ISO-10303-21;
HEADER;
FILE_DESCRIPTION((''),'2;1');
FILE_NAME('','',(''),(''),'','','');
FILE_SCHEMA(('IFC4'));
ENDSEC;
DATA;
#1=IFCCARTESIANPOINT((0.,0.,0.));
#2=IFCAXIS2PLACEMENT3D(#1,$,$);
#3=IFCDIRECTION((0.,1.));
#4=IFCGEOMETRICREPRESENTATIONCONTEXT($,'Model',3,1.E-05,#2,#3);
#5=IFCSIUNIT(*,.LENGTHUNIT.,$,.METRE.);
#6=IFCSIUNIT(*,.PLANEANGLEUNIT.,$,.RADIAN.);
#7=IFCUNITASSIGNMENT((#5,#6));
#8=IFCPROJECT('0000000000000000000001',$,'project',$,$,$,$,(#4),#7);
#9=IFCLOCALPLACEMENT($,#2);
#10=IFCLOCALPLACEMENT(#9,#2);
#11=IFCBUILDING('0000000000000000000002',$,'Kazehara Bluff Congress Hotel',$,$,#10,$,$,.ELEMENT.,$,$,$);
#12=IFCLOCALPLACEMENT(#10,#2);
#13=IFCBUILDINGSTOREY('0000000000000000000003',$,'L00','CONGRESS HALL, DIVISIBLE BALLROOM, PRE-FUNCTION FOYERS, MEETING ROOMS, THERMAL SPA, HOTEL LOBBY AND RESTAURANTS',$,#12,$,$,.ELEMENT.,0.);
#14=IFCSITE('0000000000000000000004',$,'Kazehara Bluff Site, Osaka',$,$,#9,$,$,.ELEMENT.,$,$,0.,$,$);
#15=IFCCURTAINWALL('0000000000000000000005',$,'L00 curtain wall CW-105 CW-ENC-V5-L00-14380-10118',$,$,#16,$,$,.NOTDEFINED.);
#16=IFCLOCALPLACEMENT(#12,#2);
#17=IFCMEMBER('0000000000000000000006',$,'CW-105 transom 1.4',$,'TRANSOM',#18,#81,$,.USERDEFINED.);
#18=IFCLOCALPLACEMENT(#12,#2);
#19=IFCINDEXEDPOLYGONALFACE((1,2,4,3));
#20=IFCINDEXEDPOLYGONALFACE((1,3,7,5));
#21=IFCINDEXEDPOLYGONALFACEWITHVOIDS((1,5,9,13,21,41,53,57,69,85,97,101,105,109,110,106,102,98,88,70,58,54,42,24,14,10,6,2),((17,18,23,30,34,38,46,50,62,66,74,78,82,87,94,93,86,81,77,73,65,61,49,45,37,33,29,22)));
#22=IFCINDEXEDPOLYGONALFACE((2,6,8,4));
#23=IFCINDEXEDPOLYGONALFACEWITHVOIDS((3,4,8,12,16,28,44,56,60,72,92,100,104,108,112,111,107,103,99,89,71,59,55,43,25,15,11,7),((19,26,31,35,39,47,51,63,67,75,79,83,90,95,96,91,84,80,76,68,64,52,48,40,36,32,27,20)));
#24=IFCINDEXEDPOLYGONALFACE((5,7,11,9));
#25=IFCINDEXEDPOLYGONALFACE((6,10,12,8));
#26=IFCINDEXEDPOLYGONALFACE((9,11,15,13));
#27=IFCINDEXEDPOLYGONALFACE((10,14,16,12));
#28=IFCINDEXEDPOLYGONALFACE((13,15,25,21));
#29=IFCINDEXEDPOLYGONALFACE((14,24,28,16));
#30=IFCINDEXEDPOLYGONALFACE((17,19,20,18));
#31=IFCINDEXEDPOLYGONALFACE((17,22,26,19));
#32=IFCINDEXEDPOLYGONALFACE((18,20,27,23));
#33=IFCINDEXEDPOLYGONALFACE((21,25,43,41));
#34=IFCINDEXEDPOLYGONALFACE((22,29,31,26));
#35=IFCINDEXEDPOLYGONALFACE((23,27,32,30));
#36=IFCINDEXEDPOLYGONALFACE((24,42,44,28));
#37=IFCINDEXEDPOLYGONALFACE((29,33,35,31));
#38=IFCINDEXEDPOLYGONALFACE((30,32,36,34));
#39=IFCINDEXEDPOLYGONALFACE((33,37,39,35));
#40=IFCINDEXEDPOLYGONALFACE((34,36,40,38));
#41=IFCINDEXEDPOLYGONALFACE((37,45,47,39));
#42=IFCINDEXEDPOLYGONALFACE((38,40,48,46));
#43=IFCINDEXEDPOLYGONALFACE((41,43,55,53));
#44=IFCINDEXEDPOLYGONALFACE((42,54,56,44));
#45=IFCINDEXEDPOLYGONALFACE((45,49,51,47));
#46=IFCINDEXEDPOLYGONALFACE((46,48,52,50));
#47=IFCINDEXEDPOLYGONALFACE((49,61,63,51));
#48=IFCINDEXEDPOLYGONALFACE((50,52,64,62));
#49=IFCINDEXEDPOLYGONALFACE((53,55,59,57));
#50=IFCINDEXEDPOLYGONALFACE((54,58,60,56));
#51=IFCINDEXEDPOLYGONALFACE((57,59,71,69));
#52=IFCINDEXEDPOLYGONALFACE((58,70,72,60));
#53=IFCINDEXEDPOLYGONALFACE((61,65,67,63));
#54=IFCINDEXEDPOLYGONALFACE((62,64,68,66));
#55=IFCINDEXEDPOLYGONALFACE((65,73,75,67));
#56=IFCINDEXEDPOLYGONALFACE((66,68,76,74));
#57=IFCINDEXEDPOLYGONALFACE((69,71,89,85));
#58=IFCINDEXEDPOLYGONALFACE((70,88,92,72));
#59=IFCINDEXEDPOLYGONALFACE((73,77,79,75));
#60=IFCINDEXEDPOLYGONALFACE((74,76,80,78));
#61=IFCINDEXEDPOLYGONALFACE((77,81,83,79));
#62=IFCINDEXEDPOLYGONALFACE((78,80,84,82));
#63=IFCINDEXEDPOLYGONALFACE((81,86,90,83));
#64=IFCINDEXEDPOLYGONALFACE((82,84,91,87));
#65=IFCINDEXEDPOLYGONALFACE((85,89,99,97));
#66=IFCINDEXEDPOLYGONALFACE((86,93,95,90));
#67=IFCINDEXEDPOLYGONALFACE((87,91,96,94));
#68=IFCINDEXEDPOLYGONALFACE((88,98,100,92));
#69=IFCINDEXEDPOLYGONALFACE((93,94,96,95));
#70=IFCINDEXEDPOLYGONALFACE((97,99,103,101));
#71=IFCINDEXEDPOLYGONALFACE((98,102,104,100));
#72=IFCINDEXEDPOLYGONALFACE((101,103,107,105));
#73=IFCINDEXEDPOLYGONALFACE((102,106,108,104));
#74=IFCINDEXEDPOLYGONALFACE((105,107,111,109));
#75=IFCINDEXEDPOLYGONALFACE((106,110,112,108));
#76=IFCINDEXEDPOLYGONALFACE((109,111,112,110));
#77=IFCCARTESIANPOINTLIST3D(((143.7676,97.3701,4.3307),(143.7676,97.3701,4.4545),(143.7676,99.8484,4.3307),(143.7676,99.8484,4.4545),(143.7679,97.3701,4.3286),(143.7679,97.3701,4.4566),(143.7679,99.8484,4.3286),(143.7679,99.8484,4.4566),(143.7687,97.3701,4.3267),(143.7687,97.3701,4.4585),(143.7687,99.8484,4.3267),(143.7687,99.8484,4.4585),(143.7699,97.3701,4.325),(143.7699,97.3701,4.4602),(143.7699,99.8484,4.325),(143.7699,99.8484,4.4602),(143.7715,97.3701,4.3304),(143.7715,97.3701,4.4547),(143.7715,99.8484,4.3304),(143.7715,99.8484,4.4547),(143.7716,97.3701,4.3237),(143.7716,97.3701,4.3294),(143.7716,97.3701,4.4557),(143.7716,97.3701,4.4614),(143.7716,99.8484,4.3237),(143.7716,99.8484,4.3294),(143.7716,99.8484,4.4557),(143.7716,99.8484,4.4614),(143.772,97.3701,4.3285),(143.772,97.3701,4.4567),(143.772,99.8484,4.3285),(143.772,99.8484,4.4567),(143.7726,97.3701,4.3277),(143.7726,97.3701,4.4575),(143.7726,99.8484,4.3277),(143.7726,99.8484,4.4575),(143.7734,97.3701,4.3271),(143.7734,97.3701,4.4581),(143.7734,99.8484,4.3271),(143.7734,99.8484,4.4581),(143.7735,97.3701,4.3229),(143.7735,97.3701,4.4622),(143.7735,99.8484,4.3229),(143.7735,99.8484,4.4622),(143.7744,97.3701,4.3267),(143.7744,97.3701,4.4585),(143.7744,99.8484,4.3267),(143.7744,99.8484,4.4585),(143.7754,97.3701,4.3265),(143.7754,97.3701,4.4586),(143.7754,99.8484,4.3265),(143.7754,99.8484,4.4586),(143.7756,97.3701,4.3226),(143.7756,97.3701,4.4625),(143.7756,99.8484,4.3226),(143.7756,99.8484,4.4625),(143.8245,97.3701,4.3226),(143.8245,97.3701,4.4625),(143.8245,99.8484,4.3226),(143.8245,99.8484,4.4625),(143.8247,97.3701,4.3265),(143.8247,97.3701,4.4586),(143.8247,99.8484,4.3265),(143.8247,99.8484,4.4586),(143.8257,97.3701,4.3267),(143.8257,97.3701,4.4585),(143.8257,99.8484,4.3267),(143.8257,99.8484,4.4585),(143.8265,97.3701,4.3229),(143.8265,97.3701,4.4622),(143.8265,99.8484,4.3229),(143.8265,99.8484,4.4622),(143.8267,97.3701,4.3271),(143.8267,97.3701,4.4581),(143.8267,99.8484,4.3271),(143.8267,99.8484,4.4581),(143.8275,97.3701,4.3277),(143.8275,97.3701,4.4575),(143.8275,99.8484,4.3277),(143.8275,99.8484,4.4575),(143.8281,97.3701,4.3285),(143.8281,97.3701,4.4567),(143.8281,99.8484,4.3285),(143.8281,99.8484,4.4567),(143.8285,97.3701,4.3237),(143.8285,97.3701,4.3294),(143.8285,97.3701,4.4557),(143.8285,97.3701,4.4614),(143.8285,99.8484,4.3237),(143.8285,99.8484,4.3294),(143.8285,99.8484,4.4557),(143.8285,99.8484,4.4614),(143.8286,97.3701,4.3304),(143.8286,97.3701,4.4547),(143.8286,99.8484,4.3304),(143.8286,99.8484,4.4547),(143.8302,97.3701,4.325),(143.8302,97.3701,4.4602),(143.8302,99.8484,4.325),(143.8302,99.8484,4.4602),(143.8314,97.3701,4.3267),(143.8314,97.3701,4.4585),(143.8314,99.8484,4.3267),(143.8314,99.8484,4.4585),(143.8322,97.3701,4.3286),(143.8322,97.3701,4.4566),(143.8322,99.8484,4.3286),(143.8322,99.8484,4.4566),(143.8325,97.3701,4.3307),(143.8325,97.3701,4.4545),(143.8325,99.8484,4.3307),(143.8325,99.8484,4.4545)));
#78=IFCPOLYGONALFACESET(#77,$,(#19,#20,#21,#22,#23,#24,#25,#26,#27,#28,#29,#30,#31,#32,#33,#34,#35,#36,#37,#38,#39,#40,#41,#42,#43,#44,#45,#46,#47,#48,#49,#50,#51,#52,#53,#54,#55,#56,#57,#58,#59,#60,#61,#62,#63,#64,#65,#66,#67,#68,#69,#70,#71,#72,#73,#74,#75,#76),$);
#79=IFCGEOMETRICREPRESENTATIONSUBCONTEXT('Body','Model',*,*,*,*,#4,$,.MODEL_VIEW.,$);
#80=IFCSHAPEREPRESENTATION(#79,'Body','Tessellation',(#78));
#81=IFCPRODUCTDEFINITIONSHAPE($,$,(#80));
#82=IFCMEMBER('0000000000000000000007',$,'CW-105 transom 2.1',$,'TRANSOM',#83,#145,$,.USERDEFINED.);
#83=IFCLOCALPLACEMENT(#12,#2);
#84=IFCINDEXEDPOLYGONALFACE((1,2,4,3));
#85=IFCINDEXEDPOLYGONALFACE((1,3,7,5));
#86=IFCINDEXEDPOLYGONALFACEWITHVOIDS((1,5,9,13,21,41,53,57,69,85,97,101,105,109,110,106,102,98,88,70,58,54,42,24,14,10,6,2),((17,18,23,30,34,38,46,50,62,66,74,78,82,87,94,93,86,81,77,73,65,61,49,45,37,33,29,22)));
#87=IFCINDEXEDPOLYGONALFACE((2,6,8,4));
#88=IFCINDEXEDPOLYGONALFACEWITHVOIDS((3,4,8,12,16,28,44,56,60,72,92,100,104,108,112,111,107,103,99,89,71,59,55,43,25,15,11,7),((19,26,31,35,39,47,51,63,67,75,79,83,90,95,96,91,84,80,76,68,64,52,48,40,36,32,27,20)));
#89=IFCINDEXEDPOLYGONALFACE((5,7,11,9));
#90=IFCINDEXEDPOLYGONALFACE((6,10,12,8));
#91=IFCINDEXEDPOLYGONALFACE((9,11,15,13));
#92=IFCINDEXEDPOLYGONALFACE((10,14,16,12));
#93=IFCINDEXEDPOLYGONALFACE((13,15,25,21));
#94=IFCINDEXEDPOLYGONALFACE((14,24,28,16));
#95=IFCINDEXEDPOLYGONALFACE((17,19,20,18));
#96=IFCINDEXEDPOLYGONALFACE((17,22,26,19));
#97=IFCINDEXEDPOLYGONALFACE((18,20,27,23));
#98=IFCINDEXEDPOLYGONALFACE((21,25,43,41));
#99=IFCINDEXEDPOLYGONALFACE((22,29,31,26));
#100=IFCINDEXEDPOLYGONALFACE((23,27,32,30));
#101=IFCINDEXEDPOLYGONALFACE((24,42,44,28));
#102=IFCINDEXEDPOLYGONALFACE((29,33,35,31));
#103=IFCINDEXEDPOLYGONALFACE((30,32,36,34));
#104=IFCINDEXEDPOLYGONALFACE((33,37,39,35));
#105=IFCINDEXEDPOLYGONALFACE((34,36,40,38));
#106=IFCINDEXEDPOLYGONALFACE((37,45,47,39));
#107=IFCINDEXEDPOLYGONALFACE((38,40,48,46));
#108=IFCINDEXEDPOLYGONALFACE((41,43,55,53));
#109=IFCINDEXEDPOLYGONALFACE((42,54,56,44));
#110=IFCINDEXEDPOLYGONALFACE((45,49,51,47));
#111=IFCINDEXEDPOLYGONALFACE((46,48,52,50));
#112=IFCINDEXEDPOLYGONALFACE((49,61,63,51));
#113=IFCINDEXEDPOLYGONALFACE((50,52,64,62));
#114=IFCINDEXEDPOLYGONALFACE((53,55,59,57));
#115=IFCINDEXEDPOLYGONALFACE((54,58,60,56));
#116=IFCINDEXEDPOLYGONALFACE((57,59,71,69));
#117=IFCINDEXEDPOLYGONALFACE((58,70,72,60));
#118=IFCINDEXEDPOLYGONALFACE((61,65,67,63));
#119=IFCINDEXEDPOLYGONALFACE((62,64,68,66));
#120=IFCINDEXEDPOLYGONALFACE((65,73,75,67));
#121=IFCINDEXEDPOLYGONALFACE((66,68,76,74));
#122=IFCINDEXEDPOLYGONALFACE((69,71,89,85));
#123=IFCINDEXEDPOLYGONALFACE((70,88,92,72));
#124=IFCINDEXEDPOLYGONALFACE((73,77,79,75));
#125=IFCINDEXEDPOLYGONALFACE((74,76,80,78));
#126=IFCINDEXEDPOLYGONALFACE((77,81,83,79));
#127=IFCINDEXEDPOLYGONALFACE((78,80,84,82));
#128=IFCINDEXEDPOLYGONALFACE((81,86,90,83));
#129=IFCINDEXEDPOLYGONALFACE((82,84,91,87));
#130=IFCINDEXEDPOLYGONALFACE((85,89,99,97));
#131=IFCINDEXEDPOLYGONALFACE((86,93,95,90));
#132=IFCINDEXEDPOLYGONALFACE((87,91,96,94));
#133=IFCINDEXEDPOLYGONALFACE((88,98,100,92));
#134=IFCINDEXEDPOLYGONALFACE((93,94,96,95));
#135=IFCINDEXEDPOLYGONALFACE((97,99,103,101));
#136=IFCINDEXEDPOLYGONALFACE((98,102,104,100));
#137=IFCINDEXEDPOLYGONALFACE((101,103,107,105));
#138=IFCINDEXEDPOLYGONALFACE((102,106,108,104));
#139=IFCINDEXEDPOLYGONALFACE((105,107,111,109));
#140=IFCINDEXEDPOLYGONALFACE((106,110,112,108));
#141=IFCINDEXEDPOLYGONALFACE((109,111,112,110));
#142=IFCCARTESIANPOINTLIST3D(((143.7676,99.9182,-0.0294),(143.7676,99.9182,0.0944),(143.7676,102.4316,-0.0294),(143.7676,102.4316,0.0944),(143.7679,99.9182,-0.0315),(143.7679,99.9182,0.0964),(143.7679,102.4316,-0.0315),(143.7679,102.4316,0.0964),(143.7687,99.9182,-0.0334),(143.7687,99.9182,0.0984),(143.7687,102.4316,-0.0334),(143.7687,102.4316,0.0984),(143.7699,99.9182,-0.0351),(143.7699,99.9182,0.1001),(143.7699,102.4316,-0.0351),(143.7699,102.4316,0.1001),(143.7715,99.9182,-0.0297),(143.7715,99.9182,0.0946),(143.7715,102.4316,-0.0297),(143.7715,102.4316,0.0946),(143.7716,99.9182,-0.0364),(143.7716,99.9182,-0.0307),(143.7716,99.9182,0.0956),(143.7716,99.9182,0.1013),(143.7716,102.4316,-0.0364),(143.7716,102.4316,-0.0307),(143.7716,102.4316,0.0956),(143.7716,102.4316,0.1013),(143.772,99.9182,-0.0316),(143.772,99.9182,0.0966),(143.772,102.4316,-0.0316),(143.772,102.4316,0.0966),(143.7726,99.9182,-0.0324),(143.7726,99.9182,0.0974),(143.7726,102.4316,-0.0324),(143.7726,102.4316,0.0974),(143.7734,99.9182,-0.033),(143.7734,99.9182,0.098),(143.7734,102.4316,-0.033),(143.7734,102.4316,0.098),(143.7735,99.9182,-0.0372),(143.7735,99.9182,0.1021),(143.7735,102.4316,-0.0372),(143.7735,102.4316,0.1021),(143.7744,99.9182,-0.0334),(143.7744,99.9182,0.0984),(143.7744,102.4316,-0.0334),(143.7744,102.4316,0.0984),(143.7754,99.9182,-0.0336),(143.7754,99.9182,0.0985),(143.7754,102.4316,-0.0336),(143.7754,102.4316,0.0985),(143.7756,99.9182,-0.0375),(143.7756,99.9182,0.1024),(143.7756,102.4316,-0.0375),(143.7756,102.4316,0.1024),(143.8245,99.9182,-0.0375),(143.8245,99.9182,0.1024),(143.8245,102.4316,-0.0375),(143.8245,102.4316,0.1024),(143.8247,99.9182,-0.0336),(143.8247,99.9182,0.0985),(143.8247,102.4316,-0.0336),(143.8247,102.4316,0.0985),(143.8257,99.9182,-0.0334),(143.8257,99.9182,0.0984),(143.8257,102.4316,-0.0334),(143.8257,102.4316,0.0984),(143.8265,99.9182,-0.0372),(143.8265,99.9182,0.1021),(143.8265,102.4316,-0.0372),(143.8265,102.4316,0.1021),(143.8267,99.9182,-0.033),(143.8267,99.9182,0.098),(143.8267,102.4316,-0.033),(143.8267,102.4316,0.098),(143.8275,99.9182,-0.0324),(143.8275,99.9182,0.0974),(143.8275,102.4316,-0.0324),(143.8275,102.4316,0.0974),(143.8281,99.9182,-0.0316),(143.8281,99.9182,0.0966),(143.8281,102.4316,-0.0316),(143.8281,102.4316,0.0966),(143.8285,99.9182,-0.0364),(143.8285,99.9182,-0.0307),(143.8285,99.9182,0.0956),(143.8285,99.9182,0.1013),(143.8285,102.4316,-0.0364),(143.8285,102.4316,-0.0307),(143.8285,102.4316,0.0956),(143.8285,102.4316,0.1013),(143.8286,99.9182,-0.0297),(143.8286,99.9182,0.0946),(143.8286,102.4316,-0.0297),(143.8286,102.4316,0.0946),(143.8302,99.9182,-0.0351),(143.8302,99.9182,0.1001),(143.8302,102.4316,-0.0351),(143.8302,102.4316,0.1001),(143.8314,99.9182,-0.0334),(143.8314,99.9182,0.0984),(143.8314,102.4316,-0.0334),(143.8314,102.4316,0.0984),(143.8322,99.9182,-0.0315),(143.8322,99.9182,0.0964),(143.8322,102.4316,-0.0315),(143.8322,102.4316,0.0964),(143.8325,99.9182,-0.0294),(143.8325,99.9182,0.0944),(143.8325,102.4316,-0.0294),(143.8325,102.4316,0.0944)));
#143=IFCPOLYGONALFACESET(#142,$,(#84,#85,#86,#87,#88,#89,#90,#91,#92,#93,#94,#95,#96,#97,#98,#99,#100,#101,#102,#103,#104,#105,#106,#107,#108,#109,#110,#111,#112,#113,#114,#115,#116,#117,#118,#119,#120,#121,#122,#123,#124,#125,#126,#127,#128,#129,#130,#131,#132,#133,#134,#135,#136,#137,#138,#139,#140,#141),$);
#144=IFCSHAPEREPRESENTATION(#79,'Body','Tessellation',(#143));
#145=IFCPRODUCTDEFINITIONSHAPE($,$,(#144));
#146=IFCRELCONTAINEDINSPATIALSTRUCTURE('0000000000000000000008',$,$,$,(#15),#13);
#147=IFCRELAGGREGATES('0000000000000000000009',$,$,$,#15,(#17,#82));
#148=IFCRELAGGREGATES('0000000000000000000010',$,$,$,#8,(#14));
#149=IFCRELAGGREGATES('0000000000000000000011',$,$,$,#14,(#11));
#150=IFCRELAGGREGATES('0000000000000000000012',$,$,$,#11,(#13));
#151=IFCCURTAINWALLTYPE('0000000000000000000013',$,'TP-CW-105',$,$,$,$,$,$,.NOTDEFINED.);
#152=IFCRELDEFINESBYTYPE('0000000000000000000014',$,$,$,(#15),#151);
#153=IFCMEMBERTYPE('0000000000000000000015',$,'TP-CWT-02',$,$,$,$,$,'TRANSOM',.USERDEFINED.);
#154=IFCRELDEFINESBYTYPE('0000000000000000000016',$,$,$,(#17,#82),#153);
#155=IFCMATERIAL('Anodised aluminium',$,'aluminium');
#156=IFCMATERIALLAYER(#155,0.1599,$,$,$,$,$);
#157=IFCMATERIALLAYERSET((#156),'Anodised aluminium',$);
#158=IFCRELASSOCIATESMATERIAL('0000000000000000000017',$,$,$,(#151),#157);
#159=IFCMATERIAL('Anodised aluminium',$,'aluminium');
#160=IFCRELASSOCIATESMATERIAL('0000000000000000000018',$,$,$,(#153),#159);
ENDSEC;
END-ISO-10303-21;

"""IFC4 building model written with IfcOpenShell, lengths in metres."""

from ifc_helpers import new_model, si_unit, direction, frame, origin, origin_2d, place, context, subcontext, project, spatial, hollow_rectangle, extrude, material, layer, layer_set, material_profile, profile_set, type_object, element, aggregate, save


model = new_model("IFC4")

# Units and contexts
model_context = context("Model", 3, precision=1e-05, world=origin(), true_north=direction((0.0, 1.0)))
body_context = subcontext(model_context, "Body", "Model", "MODEL_VIEW")
ifc_project = project(units=[si_unit("LENGTHUNIT", "METRE"), si_unit("PLANEANGLEUNIT", "RADIAN")], contexts=[model_context])

# Site, building, storey
site_placement = place(None, origin())
site = spatial("IfcSite", under=ifc_project, at=site_placement, Name="Kazehara Bluff Site, Osaka", CompositionType="ELEMENT", RefElevation=0.0)
building_placement = place(site_placement, origin())
building = spatial("IfcBuilding", under=site, at=building_placement, Name="Kazehara Bluff Congress Hotel", CompositionType="ELEMENT")
storey_placement = place(building_placement, origin())
storey = spatial("IfcBuildingStorey", under=building, at=storey_placement, Name="L00", Description="CONGRESS HALL, DIVISIBLE BALLROOM, PRE-FUNCTION FOYERS, MEETING ROOMS, THERMAL SPA, HOTEL LOBBY AND RESTAURANTS", CompositionType="ELEMENT", Elevation=0.0)

# Curtain wall
ifc_material_1 = material(Name="Anodised aluminium", Category="aluminium")
ifc_layer_1 = layer(ifc_material_1, 0.1599)
ifc_layer_set_1 = layer_set([ifc_layer_1], Name="Anodised aluminium")
curtain_wall_type_1 = type_object("IfcCurtainWallType", Name="TP-CW-105", PredefinedType="NOTDEFINED", material=ifc_layer_set_1)
curtain_wall_1_placement = place(storey_placement, origin())
curtain_wall_1 = element("IfcCurtainWall", 1, at=curtain_wall_1_placement, inside=storey, type_object=curtain_wall_type_1, Name="L00 curtain wall CW-105 CW-ENC-V5-L00-14380-10118", PredefinedType="NOTDEFINED")

# Members
ifc_material_2 = material(Name="Anodised aluminium", Category="aluminium")
ifc_material_profile_1 = material_profile(ifc_material_2, hollow_rectangle(XDim=0.0649, YDim=0.1399, WallThickness=0.0039, InnerFilletRadius=0.0039, OuterFilletRadius=0.0081, at=origin_2d()))
ifc_profile_set_1 = profile_set([ifc_material_profile_1], Name="Anodised aluminium")
member_type_1 = type_object("IfcMemberType", Name="TP-CWT-02", ElementType="TRANSOM", PredefinedType="USERDEFINED", material=ifc_profile_set_1)
member_1_placement = place(storey_placement, frame((143.8, 97.3701, 4.3926), z_axis=(0.0, 1.0, 0.0), x_axis=(-1.0, 0.0, 0.0)))
member_1 = element("IfcMember", 2, at=member_1_placement, type_object=member_type_1, Name="CW-105 transom 1.4", ObjectType="TRANSOM", PredefinedType="USERDEFINED", context=body_context, shape_type="SweptSolid", body=[
    extrude(hollow_rectangle(XDim=0.0649, YDim=0.1399, WallThickness=0.0039, InnerFilletRadius=0.0039, OuterFilletRadius=0.0081, at=origin_2d()), origin(), (0.0, 0.0, 1.0), 2.4783),
])
member_2_placement = place(storey_placement, frame((143.8, 99.9182, 0.0325), z_axis=(0.0, 1.0, 0.0), x_axis=(-1.0, 0.0, 0.0)))
member_2 = element("IfcMember", 3, at=member_2_placement, type_object=member_type_1, Name="CW-105 transom 2.1", ObjectType="TRANSOM", PredefinedType="USERDEFINED", context=body_context, shape_type="SweptSolid", body=[
    extrude(hollow_rectangle(XDim=0.0649, YDim=0.1399, WallThickness=0.0039, InnerFilletRadius=0.0039, OuterFilletRadius=0.0081, at=origin_2d()), origin(), (0.0, 0.0, 1.0), 2.5134),
])

aggregate(curtain_wall_1, [member_1, member_2])

save(model, "model.ifc")
